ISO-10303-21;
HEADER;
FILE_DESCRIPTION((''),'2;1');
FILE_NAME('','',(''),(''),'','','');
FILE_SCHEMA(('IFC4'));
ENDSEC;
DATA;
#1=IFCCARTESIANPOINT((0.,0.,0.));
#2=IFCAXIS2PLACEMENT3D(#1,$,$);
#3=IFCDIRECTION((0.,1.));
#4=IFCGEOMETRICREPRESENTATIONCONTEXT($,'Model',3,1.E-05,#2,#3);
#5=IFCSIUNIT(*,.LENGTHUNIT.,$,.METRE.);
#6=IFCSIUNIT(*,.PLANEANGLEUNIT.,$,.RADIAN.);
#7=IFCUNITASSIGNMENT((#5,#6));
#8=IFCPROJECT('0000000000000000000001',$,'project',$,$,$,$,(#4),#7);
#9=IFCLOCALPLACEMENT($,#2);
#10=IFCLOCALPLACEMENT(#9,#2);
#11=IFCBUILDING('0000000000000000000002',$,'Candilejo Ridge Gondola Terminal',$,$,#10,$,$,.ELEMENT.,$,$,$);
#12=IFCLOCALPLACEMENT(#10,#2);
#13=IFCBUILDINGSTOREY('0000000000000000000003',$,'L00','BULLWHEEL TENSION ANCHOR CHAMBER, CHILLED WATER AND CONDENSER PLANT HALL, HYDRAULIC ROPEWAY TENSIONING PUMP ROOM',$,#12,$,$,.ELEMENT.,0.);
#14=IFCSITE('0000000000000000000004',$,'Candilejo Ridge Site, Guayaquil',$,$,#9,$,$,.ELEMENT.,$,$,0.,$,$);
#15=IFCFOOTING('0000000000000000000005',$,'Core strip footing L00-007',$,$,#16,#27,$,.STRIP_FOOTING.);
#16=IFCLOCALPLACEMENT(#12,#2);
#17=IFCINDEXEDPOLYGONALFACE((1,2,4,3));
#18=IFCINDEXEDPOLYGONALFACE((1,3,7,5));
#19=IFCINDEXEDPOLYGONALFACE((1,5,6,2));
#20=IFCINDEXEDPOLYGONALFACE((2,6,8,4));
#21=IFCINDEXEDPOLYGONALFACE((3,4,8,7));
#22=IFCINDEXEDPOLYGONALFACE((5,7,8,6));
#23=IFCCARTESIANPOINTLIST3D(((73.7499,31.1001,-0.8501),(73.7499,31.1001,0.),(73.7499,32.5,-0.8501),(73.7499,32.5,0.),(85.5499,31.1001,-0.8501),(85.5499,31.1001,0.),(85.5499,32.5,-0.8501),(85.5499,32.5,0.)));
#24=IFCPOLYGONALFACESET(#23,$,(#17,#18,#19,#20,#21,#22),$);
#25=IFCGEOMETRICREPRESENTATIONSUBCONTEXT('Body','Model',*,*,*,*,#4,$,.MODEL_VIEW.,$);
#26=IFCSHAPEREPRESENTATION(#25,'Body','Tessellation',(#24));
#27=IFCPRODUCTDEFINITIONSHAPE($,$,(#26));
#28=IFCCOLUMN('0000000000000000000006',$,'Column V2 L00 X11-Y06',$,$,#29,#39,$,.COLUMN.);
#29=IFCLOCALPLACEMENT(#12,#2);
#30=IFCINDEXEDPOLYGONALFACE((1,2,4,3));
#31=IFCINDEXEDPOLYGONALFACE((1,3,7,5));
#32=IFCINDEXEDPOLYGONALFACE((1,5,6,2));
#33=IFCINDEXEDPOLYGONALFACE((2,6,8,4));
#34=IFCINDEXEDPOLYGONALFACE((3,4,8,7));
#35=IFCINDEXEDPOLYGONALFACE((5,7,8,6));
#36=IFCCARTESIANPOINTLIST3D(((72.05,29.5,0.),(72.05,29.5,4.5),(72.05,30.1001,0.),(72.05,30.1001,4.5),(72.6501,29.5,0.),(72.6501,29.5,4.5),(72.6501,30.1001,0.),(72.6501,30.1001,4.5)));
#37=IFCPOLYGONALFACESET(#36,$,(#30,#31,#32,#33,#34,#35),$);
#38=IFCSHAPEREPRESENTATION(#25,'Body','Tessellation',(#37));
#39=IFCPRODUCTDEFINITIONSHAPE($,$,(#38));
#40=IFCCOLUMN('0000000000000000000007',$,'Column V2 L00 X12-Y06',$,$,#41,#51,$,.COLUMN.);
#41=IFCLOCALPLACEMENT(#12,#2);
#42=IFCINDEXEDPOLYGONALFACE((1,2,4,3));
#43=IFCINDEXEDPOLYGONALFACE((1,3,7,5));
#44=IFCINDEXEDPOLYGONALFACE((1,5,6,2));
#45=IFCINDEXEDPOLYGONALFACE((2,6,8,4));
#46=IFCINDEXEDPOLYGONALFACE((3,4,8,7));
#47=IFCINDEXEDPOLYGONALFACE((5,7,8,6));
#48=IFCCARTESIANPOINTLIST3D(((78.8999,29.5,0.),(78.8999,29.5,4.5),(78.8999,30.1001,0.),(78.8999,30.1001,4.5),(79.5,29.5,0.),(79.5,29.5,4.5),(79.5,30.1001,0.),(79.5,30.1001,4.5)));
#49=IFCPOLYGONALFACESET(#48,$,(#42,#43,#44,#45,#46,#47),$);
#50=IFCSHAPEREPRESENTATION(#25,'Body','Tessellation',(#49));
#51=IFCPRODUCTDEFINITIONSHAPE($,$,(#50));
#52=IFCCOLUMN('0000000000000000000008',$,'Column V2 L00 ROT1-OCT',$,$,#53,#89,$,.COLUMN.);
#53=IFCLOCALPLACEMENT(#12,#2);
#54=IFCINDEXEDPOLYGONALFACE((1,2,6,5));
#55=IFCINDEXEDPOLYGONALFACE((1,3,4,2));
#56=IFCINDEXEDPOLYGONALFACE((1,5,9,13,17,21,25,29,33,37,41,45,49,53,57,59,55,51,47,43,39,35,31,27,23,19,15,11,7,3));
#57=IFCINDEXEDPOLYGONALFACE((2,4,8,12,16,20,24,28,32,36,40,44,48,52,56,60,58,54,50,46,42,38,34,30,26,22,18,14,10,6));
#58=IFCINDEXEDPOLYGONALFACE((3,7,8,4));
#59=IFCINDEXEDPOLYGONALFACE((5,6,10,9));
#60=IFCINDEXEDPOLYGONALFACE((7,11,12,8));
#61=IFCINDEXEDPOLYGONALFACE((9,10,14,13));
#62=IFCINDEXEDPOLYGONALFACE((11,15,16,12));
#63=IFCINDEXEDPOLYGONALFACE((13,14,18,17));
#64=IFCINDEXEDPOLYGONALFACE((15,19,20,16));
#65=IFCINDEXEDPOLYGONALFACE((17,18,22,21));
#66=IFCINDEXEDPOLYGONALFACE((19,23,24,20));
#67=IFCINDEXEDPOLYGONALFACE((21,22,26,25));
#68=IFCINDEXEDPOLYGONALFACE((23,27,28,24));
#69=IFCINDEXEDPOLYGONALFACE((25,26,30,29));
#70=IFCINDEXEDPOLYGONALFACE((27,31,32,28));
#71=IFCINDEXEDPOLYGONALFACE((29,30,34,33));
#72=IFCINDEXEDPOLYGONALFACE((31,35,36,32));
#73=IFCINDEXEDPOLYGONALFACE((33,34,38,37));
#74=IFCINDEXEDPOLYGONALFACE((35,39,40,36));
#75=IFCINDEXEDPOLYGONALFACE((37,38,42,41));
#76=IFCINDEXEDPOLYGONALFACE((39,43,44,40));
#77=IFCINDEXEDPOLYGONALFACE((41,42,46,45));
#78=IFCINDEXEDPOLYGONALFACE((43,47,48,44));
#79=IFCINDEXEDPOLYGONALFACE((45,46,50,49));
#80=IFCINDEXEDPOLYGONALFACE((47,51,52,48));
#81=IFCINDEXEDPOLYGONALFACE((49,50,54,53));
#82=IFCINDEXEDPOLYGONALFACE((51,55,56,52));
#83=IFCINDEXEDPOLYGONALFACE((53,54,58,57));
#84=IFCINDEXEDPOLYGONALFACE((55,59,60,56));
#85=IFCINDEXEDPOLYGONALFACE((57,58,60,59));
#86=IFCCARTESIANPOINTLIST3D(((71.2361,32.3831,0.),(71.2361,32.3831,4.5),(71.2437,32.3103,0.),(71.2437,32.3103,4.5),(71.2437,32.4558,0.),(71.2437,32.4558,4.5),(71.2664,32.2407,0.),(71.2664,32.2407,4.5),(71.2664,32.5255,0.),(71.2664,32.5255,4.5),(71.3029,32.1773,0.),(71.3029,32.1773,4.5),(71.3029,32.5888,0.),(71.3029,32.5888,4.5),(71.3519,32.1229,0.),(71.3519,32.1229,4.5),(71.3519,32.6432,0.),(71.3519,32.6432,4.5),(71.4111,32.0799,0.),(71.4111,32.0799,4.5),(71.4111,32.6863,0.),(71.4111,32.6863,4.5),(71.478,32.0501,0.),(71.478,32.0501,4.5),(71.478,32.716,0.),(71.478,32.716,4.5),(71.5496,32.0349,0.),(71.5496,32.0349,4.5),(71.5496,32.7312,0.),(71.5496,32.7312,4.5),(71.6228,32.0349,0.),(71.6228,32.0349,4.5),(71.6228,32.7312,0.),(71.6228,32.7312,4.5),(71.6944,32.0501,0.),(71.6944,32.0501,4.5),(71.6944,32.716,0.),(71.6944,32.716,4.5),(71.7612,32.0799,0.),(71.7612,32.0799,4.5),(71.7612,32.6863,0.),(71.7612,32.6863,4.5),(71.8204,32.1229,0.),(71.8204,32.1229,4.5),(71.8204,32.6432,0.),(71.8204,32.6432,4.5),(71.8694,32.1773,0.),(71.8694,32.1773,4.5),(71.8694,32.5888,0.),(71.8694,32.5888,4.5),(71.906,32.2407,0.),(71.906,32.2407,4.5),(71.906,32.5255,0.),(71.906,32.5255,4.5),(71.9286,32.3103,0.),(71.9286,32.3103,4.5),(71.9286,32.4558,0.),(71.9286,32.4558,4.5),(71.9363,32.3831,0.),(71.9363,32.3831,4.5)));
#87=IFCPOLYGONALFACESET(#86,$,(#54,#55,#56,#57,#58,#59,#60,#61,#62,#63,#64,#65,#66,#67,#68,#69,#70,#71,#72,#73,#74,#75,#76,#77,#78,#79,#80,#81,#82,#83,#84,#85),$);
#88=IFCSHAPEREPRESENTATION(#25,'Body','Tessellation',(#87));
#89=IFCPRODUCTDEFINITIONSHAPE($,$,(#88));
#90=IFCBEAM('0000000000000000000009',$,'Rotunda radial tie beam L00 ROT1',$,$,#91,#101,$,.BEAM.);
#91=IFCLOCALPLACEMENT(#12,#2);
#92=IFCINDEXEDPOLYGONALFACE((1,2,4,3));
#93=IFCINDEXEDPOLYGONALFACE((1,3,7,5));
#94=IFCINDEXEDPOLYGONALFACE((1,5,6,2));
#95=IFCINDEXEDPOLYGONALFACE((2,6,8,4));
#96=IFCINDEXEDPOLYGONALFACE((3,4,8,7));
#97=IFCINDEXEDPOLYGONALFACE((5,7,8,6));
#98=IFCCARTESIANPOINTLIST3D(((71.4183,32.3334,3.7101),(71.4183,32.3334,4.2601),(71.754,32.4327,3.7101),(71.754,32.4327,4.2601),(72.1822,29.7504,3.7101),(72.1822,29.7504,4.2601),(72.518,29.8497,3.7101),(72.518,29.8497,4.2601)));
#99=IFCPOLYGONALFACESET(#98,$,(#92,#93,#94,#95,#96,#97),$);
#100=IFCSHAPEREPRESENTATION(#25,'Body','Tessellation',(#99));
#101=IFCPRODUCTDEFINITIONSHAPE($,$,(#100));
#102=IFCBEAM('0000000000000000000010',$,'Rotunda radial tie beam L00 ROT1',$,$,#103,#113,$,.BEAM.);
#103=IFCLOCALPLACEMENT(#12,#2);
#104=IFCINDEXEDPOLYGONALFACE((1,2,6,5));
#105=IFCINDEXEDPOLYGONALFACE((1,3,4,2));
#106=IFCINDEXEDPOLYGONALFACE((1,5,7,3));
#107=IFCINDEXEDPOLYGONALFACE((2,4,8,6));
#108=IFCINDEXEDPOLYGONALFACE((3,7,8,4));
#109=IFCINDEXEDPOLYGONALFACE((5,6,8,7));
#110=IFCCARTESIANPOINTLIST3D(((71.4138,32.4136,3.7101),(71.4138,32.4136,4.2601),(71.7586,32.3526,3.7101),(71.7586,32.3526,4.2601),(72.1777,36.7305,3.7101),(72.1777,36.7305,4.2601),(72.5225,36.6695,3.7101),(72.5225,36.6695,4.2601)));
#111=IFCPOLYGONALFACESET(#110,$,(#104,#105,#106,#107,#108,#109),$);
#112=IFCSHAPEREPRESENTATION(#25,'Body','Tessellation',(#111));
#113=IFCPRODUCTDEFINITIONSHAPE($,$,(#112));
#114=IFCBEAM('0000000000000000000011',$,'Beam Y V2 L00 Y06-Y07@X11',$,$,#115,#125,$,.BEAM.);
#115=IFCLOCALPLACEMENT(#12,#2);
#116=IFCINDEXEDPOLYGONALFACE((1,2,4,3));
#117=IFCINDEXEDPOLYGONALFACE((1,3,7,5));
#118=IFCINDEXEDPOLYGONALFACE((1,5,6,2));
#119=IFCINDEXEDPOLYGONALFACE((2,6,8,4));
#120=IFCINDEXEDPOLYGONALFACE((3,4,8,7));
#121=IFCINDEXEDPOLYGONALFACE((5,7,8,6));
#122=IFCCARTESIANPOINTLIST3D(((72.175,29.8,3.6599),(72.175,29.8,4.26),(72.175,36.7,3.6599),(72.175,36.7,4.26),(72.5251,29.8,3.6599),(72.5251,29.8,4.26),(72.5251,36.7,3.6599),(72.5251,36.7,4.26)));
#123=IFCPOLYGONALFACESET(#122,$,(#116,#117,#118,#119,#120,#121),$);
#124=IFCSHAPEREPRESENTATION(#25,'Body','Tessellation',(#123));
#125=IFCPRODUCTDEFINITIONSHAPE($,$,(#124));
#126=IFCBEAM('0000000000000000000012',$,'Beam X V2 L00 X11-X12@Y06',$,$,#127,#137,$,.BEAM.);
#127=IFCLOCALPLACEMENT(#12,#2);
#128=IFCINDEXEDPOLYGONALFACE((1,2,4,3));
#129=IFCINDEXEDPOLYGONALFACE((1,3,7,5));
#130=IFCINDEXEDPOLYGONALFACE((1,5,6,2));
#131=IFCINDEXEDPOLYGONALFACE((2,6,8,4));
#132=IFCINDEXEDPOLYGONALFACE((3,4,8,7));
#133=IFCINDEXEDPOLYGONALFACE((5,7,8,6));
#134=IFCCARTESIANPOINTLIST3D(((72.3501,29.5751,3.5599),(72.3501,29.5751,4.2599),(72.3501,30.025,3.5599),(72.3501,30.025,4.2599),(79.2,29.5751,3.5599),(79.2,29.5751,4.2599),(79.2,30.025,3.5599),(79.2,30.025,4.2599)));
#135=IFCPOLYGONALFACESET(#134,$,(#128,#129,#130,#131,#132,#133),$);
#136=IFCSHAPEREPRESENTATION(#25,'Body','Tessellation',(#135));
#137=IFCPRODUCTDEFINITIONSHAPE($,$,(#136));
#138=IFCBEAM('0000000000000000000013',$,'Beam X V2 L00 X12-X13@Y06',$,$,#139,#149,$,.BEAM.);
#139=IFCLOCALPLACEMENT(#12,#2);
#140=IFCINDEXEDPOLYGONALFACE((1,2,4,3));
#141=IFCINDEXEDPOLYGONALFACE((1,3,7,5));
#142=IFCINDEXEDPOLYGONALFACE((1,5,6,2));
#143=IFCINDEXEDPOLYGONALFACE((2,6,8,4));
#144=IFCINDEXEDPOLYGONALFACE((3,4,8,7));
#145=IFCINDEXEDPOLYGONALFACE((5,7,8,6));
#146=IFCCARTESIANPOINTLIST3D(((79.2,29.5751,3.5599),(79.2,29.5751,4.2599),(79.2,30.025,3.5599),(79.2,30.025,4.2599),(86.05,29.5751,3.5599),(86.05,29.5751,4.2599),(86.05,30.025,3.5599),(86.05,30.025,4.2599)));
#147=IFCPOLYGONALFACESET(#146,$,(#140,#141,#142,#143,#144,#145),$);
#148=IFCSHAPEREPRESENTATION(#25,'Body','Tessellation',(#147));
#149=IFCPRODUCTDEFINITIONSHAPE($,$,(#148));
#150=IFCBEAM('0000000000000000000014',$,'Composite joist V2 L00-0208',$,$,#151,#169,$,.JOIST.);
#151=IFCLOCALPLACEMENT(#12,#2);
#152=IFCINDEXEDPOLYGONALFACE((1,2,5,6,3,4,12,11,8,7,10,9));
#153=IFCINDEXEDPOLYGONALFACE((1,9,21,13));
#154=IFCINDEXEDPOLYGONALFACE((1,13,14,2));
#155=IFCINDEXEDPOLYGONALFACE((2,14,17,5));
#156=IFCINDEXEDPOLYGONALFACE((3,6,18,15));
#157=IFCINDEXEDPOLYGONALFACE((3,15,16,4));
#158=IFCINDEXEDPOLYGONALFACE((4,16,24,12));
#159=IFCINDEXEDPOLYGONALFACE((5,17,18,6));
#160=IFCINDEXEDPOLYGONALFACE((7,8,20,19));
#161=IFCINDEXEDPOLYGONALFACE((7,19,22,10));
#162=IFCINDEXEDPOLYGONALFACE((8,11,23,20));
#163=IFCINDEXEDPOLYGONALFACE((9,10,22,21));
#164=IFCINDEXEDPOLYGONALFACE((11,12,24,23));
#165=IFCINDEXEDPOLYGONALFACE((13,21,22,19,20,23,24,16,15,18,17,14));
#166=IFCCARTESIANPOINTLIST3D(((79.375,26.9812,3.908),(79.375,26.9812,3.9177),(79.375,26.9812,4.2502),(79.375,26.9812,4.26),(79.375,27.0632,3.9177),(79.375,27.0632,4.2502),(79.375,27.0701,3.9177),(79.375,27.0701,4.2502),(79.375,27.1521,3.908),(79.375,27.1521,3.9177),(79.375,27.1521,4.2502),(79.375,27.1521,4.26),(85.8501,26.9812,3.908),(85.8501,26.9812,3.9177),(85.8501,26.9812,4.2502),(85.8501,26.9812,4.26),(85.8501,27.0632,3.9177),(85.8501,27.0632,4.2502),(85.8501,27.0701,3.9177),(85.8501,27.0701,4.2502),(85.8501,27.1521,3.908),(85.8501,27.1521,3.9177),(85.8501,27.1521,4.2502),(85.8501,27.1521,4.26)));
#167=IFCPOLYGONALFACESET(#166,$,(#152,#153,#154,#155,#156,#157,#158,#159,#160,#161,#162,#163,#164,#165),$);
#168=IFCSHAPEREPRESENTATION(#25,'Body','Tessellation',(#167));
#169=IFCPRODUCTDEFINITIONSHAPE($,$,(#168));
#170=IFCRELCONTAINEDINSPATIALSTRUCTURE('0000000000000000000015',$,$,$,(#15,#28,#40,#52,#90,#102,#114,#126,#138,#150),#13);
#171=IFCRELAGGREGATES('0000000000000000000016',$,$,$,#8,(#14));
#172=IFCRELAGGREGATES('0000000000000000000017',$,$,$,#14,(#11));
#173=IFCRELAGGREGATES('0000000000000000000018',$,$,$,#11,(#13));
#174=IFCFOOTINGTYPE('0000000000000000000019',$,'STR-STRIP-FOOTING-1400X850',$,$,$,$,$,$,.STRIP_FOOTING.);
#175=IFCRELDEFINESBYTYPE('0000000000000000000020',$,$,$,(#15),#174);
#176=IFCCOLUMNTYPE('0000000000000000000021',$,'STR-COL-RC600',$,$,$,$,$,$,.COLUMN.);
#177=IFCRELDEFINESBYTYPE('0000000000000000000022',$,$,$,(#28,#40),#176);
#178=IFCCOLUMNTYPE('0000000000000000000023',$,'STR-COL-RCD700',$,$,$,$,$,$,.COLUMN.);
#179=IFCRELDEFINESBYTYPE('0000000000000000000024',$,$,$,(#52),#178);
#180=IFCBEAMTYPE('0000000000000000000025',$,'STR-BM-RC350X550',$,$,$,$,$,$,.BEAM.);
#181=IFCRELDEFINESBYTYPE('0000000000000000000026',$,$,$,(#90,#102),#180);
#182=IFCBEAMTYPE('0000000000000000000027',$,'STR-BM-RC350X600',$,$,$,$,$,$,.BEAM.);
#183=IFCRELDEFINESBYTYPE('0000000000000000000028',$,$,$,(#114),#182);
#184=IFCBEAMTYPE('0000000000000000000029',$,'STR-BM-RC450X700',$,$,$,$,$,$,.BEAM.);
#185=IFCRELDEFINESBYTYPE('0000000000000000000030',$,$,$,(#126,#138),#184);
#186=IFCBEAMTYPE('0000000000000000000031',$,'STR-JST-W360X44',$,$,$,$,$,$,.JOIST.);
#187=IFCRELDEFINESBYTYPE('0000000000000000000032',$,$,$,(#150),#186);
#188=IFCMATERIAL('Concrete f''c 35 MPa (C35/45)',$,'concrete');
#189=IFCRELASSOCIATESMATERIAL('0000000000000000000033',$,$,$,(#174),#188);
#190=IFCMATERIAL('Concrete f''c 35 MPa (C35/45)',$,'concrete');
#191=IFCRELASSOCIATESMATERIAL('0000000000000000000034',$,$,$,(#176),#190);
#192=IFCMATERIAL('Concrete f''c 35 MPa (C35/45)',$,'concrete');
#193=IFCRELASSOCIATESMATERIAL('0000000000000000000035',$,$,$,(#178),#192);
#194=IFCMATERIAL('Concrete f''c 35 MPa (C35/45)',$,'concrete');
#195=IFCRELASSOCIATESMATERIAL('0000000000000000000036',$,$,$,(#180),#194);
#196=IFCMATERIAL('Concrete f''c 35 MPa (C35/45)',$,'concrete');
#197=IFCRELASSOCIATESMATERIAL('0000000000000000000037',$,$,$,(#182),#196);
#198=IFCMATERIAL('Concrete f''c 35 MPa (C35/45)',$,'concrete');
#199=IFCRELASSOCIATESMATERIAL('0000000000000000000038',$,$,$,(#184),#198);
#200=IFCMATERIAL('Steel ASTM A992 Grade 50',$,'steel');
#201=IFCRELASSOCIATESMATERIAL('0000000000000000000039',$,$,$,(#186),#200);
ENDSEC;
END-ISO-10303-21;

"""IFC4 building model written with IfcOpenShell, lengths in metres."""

from ifc_helpers import new_model, si_unit, direction, frame, origin, origin_2d, place, context, subcontext, project, spatial, rectangle, circle, i_section, extrude, material, material_profile, profile_set, type_object, element, save


model = new_model("IFC4")

# Units and contexts
model_context = context("Model", 3, precision=1e-05, world=origin(), true_north=direction((0.0, 1.0)))
body_context = subcontext(model_context, "Body", "Model", "MODEL_VIEW")
ifc_project = project(units=[si_unit("LENGTHUNIT", "METRE"), si_unit("PLANEANGLEUNIT", "RADIAN")], contexts=[model_context])

# Site, building, storey
site_placement = place(None, origin())
site = spatial("IfcSite", under=ifc_project, at=site_placement, Name="Candilejo Ridge Site, Guayaquil", CompositionType="ELEMENT", RefElevation=0.0)
building_placement = place(site_placement, origin())
building = spatial("IfcBuilding", under=site, at=building_placement, Name="Candilejo Ridge Gondola Terminal", CompositionType="ELEMENT")
storey_placement = place(building_placement, origin())
storey = spatial("IfcBuildingStorey", under=building, at=storey_placement, Name="L00", Description="BULLWHEEL TENSION ANCHOR CHAMBER, CHILLED WATER AND CONDENSER PLANT HALL, HYDRAULIC ROPEWAY TENSIONING PUMP ROOM", CompositionType="ELEMENT", Elevation=0.0)

# Footing
ifc_material_1 = material(Name="Concrete f'c 35 MPa (C35/45)", Category="concrete")
footing_type_1 = type_object("IfcFootingType", Name="STR-STRIP-FOOTING-1400X850", PredefinedType="STRIP_FOOTING", material=ifc_material_1)
footing_1_placement = place(storey_placement, frame((79.6499, 31.8, -0.8501), z_axis=(0.0, 0.0, 1.0), x_axis=(1.0, 0.0, 0.0)))
element("IfcFooting", 1, at=footing_1_placement, inside=storey, type_object=footing_type_1, Name="Core strip footing L00-007", PredefinedType="STRIP_FOOTING", context=body_context, shape_type="SweptSolid", body=[
    extrude(rectangle(XDim=11.8, YDim=1.3999, at=origin_2d()), origin(), (0.0, 0.0, 1.0), 0.8501),
])

# Columns
ifc_material_2 = material(Name="Concrete f'c 35 MPa (C35/45)", Category="concrete")
ifc_material_profile_1 = material_profile(ifc_material_2, rectangle(XDim=0.6001, YDim=0.6001, at=origin_2d()))
ifc_profile_set_1 = profile_set([ifc_material_profile_1], Name="Concrete f'c 35 MPa (C35/45)")
column_type_1 = type_object("IfcColumnType", Name="STR-COL-RC600", PredefinedType="COLUMN", material=ifc_profile_set_1)
for number, where, z_axis, x_axis, name in (
    (2, (72.3501, 29.8, 0.0), (0.0, 0.0, 1.0), (1.0, 0.0, 0.0), "Column V2 L00 X11-Y06"),
    (3, (79.2, 29.8, 0.0), (0.0, 0.0, 1.0), (1.0, 0.0, 0.0), "Column V2 L00 X12-Y06"),
):
    element("IfcColumn", number, at=place(storey_placement, frame(where, z_axis=z_axis, x_axis=x_axis)), inside=storey, type_object=column_type_1, Name=name, PredefinedType="COLUMN", context=body_context, shape_type="SweptSolid", body=[
        extrude(rectangle(XDim=0.6001, YDim=0.6001, at=origin_2d()), origin(), (0.0, 0.0, 1.0), 4.5),
    ])
ifc_material_3 = material(Name="Concrete f'c 35 MPa (C35/45)", Category="concrete")
ifc_material_profile_2 = material_profile(ifc_material_3, circle(Radius=0.3501, at=origin_2d()))
ifc_profile_set_2 = profile_set([ifc_material_profile_2], Name="Concrete f'c 35 MPa (C35/45)")
column_type_2 = type_object("IfcColumnType", Name="STR-COL-RCD700", PredefinedType="COLUMN", material=ifc_profile_set_2)
column_placement = place(storey_placement, frame((71.5862, 32.3831, 0.0), z_axis=(0.0, 0.0, 1.0), x_axis=(1.0, 0.0, 0.0)))
element("IfcColumn", 4, at=column_placement, inside=storey, type_object=column_type_2, Name="Column V2 L00 ROT1-OCT", PredefinedType="COLUMN", context=body_context, shape_type="SweptSolid", body=[
    extrude(circle(Radius=0.3501, at=origin_2d()), origin(), (0.0, 0.0, 1.0), 4.5),
])

# Beams
ifc_material_4 = material(Name="Concrete f'c 35 MPa (C35/45)", Category="concrete")
ifc_material_profile_3 = material_profile(ifc_material_4, rectangle(XDim=0.3501, YDim=0.55, at=origin_2d()))
ifc_profile_set_3 = profile_set([ifc_material_profile_3], Name="Concrete f'c 35 MPa (C35/45)")
beam_type_1 = type_object("IfcBeamType", Name="STR-BM-RC350X550", PredefinedType="BEAM", material=ifc_profile_set_3)
beam_1_placement = place(storey_placement, frame((71.5862, 32.3831, 3.9851), z_axis=(0.283604, -0.958942, 0.0), x_axis=(0.958942, 0.283604, 0.0)))
element("IfcBeam", 5, at=beam_1_placement, inside=storey, type_object=beam_type_1, Name="Rotunda radial tie beam L00 ROT1", PredefinedType="BEAM", context=body_context, shape_type="SweptSolid", body=[
    extrude(rectangle(XDim=0.3501, YDim=0.55, at=origin_2d()), origin(), (0.0, 0.0, 1.0), 2.6936),
])
beam_2_placement = place(storey_placement, frame((71.5862, 32.3831, 3.9851), z_axis=(0.174252, 0.984701, 0.0), x_axis=(-0.984701, 0.174252, 0.0)))
element("IfcBeam", 6, at=beam_2_placement, inside=storey, type_object=beam_type_1, Name="Rotunda radial tie beam L00 ROT1", PredefinedType="BEAM", context=body_context, shape_type="SweptSolid", body=[
    extrude(rectangle(XDim=0.3501, YDim=0.55, at=origin_2d()), origin(), (0.0, 0.0, 1.0), 4.384),
])
ifc_material_5 = material(Name="Concrete f'c 35 MPa (C35/45)", Category="concrete")
ifc_material_profile_4 = material_profile(ifc_material_5, rectangle(XDim=0.3501, YDim=0.6001, at=origin_2d()))
ifc_profile_set_4 = profile_set([ifc_material_profile_4], Name="Concrete f'c 35 MPa (C35/45)")
beam_type_2 = type_object("IfcBeamType", Name="STR-BM-RC350X600", PredefinedType="BEAM", material=ifc_profile_set_4)
beam_3_placement = place(storey_placement, frame((72.3501, 29.8, 3.96), z_axis=(0.0, 1.0, 0.0), x_axis=(-1.0, 0.0, 0.0)))
element("IfcBeam", 7, at=beam_3_placement, inside=storey, type_object=beam_type_2, Name="Beam Y V2 L00 Y06-Y07@X11", PredefinedType="BEAM", context=body_context, shape_type="SweptSolid", body=[
    extrude(rectangle(XDim=0.3501, YDim=0.6001, at=origin_2d()), origin(), (0.0, 0.0, 1.0), 6.8999),
])
ifc_material_6 = material(Name="Concrete f'c 35 MPa (C35/45)", Category="concrete")
ifc_material_profile_5 = material_profile(ifc_material_6, rectangle(XDim=0.45, YDim=0.7, at=origin_2d()))
ifc_profile_set_5 = profile_set([ifc_material_profile_5], Name="Concrete f'c 35 MPa (C35/45)")
beam_type_3 = type_object("IfcBeamType", Name="STR-BM-RC450X700", PredefinedType="BEAM", material=ifc_profile_set_5)
beam_4_placement = place(storey_placement, frame((72.3501, 29.8, 3.9099), z_axis=(1.0, 0.0, 0.0), x_axis=(0.0, 1.0, 0.0)))
element("IfcBeam", 8, at=beam_4_placement, inside=storey, type_object=beam_type_3, Name="Beam X V2 L00 X11-X12@Y06", PredefinedType="BEAM", context=body_context, shape_type="SweptSolid", body=[
    extrude(rectangle(XDim=0.45, YDim=0.7, at=origin_2d()), origin(), (0.0, 0.0, 1.0), 6.8499),
])
beam_5_placement = place(storey_placement, frame((79.2, 29.8, 3.9099), z_axis=(1.0, 0.0, 0.0), x_axis=(0.0, 1.0, 0.0)))
element("IfcBeam", 9, at=beam_5_placement, inside=storey, type_object=beam_type_3, Name="Beam X V2 L00 X12-X13@Y06", PredefinedType="BEAM", context=body_context, shape_type="SweptSolid", body=[
    extrude(rectangle(XDim=0.45, YDim=0.7, at=origin_2d()), origin(), (0.0, 0.0, 1.0), 6.8501),
])
ifc_material_7 = material(Name="Steel ASTM A992 Grade 50", Category="steel")
ifc_material_profile_6 = material_profile(ifc_material_7, i_section(OverallWidth=0.1709, OverallDepth=0.3521, WebThickness=0.0068, FlangeThickness=0.0098, at=origin_2d()))
ifc_profile_set_6 = profile_set([ifc_material_profile_6], Name="Steel ASTM A992 Grade 50")
beam_type_4 = type_object("IfcBeamType", Name="STR-JST-W360X44", PredefinedType="JOIST", material=ifc_profile_set_6)
for number, where, z_axis, x_axis, name in (
    (10, (79.375, 27.0667, 4.084), (1.0, 0.0, 0.0), (0.0, 1.0, 0.0), "Composite joist V2 L00-0208"),
):
    element("IfcBeam", number, at=place(storey_placement, frame(where, z_axis=z_axis, x_axis=x_axis)), inside=storey, type_object=beam_type_4, Name=name, PredefinedType="JOIST", context=body_context, shape_type="SweptSolid", body=[
        extrude(i_section(OverallWidth=0.1709, OverallDepth=0.3521, WebThickness=0.0068, FlangeThickness=0.0098, at=origin_2d()), origin(), (0.0, 0.0, 1.0), 6.4751),
    ])

save(model, "model.ifc")
